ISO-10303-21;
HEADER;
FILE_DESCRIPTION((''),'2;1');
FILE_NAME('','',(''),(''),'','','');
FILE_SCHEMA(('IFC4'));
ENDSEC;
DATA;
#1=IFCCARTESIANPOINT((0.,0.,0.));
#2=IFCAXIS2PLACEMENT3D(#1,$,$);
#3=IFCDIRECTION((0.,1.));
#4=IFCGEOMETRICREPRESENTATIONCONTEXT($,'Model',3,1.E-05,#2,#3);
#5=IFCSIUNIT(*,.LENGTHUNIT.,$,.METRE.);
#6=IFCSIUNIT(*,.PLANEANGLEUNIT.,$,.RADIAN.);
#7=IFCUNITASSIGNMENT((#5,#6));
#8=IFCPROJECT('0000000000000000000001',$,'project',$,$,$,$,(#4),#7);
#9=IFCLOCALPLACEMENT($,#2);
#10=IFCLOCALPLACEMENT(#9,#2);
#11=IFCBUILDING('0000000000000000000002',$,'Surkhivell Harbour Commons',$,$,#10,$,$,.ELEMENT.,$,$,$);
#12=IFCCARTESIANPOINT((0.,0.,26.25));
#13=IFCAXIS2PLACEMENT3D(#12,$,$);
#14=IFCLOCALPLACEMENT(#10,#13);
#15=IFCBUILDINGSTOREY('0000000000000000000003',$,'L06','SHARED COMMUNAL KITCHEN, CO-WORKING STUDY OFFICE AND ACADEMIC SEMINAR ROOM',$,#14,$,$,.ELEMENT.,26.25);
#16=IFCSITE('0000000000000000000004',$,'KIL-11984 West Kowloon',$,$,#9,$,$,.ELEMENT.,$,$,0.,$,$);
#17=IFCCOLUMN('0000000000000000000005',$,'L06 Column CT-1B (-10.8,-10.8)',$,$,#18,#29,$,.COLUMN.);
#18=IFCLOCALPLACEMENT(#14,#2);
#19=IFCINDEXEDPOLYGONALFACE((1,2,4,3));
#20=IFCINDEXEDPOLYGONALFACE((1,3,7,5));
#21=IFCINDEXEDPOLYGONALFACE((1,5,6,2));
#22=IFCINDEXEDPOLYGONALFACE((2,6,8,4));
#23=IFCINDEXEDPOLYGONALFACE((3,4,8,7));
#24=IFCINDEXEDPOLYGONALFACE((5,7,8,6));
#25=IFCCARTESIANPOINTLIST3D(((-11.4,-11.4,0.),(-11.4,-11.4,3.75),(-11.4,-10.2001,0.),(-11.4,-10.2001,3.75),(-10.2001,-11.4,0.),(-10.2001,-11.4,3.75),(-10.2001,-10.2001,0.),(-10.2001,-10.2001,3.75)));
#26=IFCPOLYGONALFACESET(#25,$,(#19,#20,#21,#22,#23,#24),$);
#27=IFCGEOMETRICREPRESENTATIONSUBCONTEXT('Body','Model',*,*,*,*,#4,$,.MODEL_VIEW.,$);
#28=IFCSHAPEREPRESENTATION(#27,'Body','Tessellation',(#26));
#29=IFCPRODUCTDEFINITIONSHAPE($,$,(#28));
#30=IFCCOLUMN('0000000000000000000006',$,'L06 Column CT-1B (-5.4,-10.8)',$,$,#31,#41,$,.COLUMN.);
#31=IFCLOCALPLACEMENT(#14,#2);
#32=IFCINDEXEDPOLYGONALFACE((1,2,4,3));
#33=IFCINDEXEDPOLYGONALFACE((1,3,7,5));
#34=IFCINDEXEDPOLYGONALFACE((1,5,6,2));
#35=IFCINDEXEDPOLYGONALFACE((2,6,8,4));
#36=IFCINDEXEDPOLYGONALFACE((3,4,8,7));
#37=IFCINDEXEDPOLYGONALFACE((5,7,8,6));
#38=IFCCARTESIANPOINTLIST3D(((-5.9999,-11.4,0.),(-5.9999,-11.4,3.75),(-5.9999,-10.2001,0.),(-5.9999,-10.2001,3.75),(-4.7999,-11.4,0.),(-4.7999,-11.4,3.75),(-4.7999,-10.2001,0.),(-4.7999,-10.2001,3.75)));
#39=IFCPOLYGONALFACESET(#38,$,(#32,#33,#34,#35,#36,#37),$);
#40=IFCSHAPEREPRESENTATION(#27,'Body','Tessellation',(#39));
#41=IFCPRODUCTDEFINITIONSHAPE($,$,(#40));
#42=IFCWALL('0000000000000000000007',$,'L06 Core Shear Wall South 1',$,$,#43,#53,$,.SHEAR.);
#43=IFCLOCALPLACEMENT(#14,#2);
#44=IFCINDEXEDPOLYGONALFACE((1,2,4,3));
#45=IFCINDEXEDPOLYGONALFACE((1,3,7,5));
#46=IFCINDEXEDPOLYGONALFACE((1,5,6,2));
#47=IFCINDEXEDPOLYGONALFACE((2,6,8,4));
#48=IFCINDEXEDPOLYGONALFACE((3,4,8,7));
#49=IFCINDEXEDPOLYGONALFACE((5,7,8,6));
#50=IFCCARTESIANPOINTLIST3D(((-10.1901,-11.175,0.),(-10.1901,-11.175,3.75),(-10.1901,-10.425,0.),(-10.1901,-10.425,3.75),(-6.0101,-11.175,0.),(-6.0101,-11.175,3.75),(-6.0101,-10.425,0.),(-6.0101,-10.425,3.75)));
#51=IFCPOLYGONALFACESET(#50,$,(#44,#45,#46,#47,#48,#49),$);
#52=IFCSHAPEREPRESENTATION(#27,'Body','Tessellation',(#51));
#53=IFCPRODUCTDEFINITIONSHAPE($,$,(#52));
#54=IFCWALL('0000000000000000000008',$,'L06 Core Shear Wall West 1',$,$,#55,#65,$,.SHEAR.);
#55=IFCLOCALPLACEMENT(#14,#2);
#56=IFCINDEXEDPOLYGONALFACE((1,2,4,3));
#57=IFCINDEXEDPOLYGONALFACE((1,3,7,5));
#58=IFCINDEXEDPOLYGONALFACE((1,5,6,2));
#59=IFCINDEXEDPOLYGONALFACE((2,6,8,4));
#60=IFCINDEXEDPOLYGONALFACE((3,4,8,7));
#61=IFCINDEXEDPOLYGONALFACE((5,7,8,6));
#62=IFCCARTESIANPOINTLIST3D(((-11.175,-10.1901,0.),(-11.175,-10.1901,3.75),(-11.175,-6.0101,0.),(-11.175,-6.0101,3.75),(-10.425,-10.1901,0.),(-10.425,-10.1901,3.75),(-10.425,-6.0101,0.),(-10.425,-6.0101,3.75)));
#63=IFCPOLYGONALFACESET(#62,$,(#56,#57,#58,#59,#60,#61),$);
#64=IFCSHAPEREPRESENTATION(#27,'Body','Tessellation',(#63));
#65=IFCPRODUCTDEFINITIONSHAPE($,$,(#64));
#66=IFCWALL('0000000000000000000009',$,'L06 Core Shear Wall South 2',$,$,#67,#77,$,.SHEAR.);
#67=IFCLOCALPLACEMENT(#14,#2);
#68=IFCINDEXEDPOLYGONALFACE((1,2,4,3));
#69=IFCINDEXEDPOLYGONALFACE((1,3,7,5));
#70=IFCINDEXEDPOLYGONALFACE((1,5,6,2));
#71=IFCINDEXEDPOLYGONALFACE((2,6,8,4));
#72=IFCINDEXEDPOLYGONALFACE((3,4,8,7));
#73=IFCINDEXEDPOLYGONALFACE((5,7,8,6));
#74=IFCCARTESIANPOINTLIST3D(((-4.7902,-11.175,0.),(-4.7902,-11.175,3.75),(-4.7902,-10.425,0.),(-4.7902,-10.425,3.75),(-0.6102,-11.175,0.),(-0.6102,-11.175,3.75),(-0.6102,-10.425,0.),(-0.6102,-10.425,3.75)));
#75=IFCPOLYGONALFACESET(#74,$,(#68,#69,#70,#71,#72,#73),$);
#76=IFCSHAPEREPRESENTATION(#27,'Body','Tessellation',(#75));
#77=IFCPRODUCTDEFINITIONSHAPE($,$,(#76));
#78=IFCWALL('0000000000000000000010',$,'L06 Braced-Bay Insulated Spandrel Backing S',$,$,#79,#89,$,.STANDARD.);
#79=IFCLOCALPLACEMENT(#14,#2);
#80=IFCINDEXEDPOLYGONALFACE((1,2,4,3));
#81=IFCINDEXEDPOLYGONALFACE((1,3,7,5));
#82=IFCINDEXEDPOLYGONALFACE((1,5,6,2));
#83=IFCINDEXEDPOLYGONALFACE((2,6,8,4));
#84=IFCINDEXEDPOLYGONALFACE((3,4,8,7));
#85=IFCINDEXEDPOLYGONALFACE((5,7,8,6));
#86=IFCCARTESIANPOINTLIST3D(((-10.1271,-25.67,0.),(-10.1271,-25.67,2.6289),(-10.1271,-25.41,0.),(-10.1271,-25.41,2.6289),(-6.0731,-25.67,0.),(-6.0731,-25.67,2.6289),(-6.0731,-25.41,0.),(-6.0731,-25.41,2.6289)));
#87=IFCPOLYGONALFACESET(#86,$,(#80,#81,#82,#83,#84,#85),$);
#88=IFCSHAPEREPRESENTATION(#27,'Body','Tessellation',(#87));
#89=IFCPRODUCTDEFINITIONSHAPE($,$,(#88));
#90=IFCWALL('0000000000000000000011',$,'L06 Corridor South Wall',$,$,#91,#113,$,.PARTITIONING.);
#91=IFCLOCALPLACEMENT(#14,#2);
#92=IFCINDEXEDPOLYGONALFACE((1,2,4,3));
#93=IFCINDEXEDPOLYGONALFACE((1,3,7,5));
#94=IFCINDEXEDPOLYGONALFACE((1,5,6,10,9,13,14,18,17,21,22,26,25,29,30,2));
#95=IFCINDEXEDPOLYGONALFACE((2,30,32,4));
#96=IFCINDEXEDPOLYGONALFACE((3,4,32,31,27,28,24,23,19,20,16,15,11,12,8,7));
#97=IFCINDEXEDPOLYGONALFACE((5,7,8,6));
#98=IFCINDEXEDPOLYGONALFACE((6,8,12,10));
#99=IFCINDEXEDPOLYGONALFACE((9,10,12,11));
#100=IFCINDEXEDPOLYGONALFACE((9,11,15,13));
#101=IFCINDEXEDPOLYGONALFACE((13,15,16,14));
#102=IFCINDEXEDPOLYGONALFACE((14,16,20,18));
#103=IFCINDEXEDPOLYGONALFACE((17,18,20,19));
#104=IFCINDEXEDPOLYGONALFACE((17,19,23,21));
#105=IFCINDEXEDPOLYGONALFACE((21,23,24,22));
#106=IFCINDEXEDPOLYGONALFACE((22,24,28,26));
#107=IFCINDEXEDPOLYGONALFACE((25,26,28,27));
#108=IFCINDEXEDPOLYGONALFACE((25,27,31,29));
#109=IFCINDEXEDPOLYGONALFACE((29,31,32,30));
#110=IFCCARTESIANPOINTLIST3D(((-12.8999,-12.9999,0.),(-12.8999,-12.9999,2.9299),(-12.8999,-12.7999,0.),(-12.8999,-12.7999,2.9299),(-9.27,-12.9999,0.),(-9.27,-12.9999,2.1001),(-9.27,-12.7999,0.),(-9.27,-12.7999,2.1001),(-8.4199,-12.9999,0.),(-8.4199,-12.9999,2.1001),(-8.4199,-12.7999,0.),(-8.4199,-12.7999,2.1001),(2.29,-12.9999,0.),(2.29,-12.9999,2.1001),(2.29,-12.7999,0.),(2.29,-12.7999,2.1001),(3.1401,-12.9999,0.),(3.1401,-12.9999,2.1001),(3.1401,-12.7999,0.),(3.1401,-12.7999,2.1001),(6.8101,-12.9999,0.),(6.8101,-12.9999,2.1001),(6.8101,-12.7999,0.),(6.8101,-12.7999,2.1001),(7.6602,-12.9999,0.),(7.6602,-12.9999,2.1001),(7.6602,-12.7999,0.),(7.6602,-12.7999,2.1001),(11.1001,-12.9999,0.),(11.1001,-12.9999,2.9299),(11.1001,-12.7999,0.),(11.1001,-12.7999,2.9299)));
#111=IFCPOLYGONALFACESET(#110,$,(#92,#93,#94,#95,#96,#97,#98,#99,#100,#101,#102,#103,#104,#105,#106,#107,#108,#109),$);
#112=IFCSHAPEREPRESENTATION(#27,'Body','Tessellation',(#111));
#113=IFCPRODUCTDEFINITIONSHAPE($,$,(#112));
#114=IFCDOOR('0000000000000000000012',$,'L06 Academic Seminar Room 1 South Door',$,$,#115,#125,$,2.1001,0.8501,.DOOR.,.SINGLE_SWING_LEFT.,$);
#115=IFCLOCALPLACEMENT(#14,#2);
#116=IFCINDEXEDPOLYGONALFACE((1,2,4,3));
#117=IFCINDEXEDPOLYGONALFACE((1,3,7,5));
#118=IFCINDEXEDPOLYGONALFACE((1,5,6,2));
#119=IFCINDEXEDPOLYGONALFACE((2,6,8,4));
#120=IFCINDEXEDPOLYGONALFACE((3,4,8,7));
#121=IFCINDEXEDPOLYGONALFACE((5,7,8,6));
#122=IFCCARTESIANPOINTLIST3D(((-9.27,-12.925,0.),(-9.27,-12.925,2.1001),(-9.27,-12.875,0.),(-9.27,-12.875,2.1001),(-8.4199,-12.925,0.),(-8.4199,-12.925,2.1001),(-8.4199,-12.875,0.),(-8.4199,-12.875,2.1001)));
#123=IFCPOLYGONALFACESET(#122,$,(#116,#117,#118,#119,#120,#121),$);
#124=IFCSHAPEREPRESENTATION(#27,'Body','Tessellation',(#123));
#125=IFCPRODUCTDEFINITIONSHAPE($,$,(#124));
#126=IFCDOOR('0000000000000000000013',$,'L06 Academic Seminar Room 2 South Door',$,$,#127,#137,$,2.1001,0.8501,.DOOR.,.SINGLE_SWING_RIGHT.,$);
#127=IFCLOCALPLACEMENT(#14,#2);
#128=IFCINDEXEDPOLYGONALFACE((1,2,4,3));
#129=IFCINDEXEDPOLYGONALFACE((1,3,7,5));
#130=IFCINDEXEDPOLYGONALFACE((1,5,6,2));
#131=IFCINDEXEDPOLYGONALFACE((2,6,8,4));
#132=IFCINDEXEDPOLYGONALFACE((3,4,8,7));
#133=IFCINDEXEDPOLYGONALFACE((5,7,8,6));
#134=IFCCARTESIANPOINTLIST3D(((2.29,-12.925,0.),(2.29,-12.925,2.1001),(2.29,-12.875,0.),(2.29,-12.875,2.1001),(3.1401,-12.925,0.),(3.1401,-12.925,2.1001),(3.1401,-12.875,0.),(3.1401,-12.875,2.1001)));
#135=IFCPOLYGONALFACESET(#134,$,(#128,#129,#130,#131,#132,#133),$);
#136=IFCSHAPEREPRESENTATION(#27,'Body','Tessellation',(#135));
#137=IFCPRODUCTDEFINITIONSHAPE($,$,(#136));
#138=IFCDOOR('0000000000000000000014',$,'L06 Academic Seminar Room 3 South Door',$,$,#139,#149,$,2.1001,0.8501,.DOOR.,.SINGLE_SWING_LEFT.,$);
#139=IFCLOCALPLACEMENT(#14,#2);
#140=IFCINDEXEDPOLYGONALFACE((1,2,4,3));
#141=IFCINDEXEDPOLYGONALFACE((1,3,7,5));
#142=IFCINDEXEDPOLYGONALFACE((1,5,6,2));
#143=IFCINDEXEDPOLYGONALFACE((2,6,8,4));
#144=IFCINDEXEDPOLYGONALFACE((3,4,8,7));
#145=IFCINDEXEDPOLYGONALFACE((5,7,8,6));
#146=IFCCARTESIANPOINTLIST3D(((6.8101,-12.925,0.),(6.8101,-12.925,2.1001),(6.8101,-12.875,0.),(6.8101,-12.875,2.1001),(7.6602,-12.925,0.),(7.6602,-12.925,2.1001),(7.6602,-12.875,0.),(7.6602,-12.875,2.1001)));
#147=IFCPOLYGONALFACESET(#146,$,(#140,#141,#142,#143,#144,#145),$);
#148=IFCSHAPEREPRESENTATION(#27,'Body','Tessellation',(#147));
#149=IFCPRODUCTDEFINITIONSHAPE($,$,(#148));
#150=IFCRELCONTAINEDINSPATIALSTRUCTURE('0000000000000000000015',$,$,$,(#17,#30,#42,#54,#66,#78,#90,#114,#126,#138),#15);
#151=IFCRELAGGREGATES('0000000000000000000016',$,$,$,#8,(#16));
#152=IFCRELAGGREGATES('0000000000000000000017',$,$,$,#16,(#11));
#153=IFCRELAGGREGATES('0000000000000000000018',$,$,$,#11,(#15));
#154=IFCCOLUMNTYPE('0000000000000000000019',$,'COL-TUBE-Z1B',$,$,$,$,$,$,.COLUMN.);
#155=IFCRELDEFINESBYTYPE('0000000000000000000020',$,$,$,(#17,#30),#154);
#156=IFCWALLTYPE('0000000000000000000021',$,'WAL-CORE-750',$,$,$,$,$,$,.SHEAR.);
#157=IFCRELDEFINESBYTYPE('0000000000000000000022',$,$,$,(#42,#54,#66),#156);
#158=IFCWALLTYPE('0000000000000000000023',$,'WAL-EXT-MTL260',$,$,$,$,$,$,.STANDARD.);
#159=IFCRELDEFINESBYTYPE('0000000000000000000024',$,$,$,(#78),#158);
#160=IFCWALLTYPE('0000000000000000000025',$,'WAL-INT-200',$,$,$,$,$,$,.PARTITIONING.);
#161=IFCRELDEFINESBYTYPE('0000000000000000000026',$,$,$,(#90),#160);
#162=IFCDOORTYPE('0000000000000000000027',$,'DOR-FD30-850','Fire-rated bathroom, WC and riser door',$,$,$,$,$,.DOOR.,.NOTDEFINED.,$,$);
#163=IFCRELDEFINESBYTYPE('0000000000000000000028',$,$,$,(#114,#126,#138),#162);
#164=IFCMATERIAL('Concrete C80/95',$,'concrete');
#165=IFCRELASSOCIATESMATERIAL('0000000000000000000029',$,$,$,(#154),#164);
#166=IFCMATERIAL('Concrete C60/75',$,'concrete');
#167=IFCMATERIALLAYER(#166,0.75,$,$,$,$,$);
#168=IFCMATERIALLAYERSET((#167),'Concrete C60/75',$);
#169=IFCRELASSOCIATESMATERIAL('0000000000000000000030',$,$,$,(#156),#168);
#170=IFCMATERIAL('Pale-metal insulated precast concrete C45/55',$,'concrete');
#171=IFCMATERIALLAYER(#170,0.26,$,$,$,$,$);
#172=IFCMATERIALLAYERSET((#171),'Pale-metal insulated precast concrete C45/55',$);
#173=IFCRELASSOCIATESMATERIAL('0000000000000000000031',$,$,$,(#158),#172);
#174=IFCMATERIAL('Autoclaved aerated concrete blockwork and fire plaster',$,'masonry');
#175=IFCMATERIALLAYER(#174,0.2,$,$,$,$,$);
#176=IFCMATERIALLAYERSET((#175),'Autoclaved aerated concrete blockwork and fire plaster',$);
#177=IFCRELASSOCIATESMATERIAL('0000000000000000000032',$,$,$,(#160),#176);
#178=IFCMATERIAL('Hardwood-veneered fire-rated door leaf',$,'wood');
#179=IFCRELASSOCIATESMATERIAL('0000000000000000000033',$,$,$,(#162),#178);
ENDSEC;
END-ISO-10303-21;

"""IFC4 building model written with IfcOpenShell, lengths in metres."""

from ifc_helpers import new_model, si_unit, direction, frame, frame_2d, origin, origin_2d, place, context, subcontext, project, spatial, rectangle, extrude, material, layer, layer_set, material_profile, profile_set, type_object, element, fill, save


model = new_model("IFC4")

# Units and contexts
model_context = context("Model", 3, precision=1e-05, world=origin(), true_north=direction((0.0, 1.0)))
body_context = subcontext(model_context, "Body", "Model", "MODEL_VIEW")
ifc_project = project(units=[si_unit("LENGTHUNIT", "METRE"), si_unit("PLANEANGLEUNIT", "RADIAN")], contexts=[model_context])

# Site, building, storey
site_placement = place(None, origin())
site = spatial("IfcSite", under=ifc_project, at=site_placement, Name="KIL-11984 West Kowloon", CompositionType="ELEMENT", RefElevation=0.0)
building_placement = place(site_placement, origin())
building = spatial("IfcBuilding", under=site, at=building_placement, Name="Surkhivell Harbour Commons", CompositionType="ELEMENT")
storey_placement = place(building_placement, frame((0.0, 0.0, 26.25)))
storey = spatial("IfcBuildingStorey", under=building, at=storey_placement, Name="L06", Description="SHARED COMMUNAL KITCHEN, CO-WORKING STUDY OFFICE AND ACADEMIC SEMINAR ROOM", CompositionType="ELEMENT", Elevation=26.25)

# Columns
ifc_material_1 = material(Name="Concrete C80/95", Category="concrete")
ifc_material_profile = material_profile(ifc_material_1, rectangle(XDim=1.2, YDim=1.2, at=origin_2d()), Name="RC-COL-1200x1200")
ifc_profile_set = profile_set([ifc_material_profile], Name="Concrete C80/95")
column_type = type_object("IfcColumnType", Name="COL-TUBE-Z1B", PredefinedType="COLUMN", material=ifc_profile_set)
for number, where, z_axis, x_axis, name in (
    (1, (-10.8, -10.8, 0.0), (0.0, 0.0, 1.0), (1.0, 0.0, 0.0), "L06 Column CT-1B (-10.8,-10.8)"),
    (2, (-5.3999, -10.8, 0.0), (0.0, 0.0, 1.0), (1.0, 0.0, 0.0), "L06 Column CT-1B (-5.4,-10.8)"),
):
    element("IfcColumn", number, at=place(storey_placement, frame(where, z_axis=z_axis, x_axis=x_axis)), inside=storey, type_object=column_type, Name=name, PredefinedType="COLUMN", context=body_context, shape_type="SweptSolid", body=[
        extrude(rectangle(XDim=1.2, YDim=1.2, at=origin_2d()), origin(), (0.0, 0.0, 1.0), 3.75),
    ])

# Walls
ifc_material_2 = material(Name="Concrete C60/75", Category="concrete")
ifc_layer_1 = layer(ifc_material_2, 0.75)
ifc_layer_set_1 = layer_set([ifc_layer_1], Name="Concrete C60/75")
wall_type_1 = type_object("IfcWallType", Name="WAL-CORE-750", PredefinedType="SHEAR", material=ifc_layer_set_1)
for number, where, z_axis, x_axis, name in (
    (3, (-10.1899, -10.8, 0.0), (0.0, 0.0, 1.0), (1.0, 0.0, 0.0), "L06 Core Shear Wall South 1"),
    (4, (-10.8, -10.1899, 0.0), (0.0, 0.0, 1.0), (0.0, 1.0, 0.0), "L06 Core Shear Wall West 1"),
    (5, (-4.79, -10.8, 0.0), (0.0, 0.0, 1.0), (1.0, 0.0, 0.0), "L06 Core Shear Wall South 2"),
):
    element("IfcWall", number, at=place(storey_placement, frame(where, z_axis=z_axis, x_axis=x_axis)), inside=storey, type_object=wall_type_1, Name=name, PredefinedType="SHEAR", context=body_context, shape_type="SweptSolid", body=[
        extrude(rectangle(XDim=4.1799, YDim=0.75, at=frame_2d((2.0898, 0.0))), origin(), (0.0, 0.0, 1.0), 3.75),
    ])
ifc_material_3 = material(Name="Pale-metal insulated precast concrete C45/55", Category="concrete")
ifc_layer_2 = layer(ifc_material_3, 0.26)
ifc_layer_set_2 = layer_set([ifc_layer_2], Name="Pale-metal insulated precast concrete C45/55")
wall_type_2 = type_object("IfcWallType", Name="WAL-EXT-MTL260", PredefinedType="STANDARD", material=ifc_layer_set_2)
wall_1_placement = place(storey_placement, frame((-10.127, -25.54, 0.0), z_axis=(0.0, 0.0, 1.0), x_axis=(1.0, 0.0, 0.0)))
element("IfcWall", 6, at=wall_1_placement, inside=storey, type_object=wall_type_2, Name="L06 Braced-Bay Insulated Spandrel Backing S", PredefinedType="STANDARD", context=body_context, shape_type="SweptSolid", body=[
    extrude(rectangle(XDim=4.054, YDim=0.26, at=frame_2d((2.0269, 0.0))), origin(), (0.0, 0.0, 1.0), 2.6289),
])

# Wall, openings, doors
ifc_material_4 = material(Name="Autoclaved aerated concrete blockwork and fire plaster", Category="masonry")
ifc_layer_3 = layer(ifc_material_4, 0.2)
ifc_layer_set_3 = layer_set([ifc_layer_3], Name="Autoclaved aerated concrete blockwork and fire plaster")
wall_type_3 = type_object("IfcWallType", Name="WAL-INT-200", PredefinedType="PARTITIONING", material=ifc_layer_set_3)
wall_2_placement = place(storey_placement, frame((-12.8999, -12.8999, 0.0), z_axis=(0.0, 0.0, 1.0), x_axis=(1.0, 0.0, 0.0)))
wall_2 = element("IfcWall", 7, at=wall_2_placement, inside=storey, type_object=wall_type_3, Name="L06 Corridor South Wall", PredefinedType="PARTITIONING", context=body_context, shape_type="SweptSolid", body=[
    extrude(rectangle(XDim=24.0, YDim=0.2, at=frame_2d((12.0, 0.0))), origin(), (0.0, 0.0, 1.0), 2.9299),
])
opening_1_placement = place(wall_2_placement, frame((3.6299, 0.0, 0.0)))
opening_1 = element("IfcOpeningElement", 8, at=opening_1_placement, cuts=wall_2, PredefinedType="OPENING", context=body_context, shape_type="SweptSolid", body=[
    extrude(rectangle(XDim=0.8501, YDim=2.1001, at=frame_2d((0.425, 1.05))), frame((0.0, 0.1099, 0.0), z_axis=(0.0, -1.0, 0.0), x_axis=(1.0, 0.0, 0.0)), (0.0, 0.0, 1.0), 0.22),
])
opening_2_placement = place(wall_2_placement, frame((15.1899, 0.0, 0.0)))
opening_2 = element("IfcOpeningElement", 9, at=opening_2_placement, cuts=wall_2, PredefinedType="OPENING", context=body_context, shape_type="SweptSolid", body=[
    extrude(rectangle(XDim=0.8501, YDim=2.1001, at=frame_2d((0.425, 1.05))), frame((0.0, 0.1099, 0.0), z_axis=(0.0, -1.0, 0.0), x_axis=(1.0, 0.0, 0.0)), (0.0, 0.0, 1.0), 0.22),
])
opening_3_placement = place(wall_2_placement, frame((19.71, 0.0, 0.0)))
opening_3 = element("IfcOpeningElement", 10, at=opening_3_placement, cuts=wall_2, PredefinedType="OPENING", context=body_context, shape_type="SweptSolid", body=[
    extrude(rectangle(XDim=0.8501, YDim=2.1001, at=frame_2d((0.425, 1.05))), frame((0.0, 0.1099, 0.0), z_axis=(0.0, -1.0, 0.0), x_axis=(1.0, 0.0, 0.0)), (0.0, 0.0, 1.0), 0.22),
])
ifc_material_5 = material(Name="Hardwood-veneered fire-rated door leaf", Category="wood")
door_type_1 = type_object("IfcDoorType", Name="DOR-FD30-850", Description="Fire-rated bathroom, WC and riser door", OperationType="NOTDEFINED", PredefinedType="DOOR", material=ifc_material_5)
door_1_placement = place(opening_1_placement, origin())
door_1 = element("IfcDoor", 11, at=door_1_placement, inside=storey, type_object=door_type_1, Name="L06 Academic Seminar Room 1 South Door", OperationType="SINGLE_SWING_LEFT", OverallHeight=2.1001, OverallWidth=0.8501, PredefinedType="DOOR", context=body_context, shape_type="SweptSolid", body=[
    extrude(rectangle(XDim=0.8501, YDim=2.1001, at=frame_2d((0.425, 1.05))), frame((0.0, 0.0249, 0.0), z_axis=(0.0, -1.0, 0.0), x_axis=(1.0, 0.0, 0.0)), (0.0, 0.0, 1.0), 0.05),
])
fill(opening_1, door_1)
door_2_placement = place(opening_2_placement, origin())
door_2 = element("IfcDoor", 12, at=door_2_placement, inside=storey, type_object=door_type_1, Name="L06 Academic Seminar Room 2 South Door", OperationType="SINGLE_SWING_RIGHT", OverallHeight=2.1001, OverallWidth=0.8501, PredefinedType="DOOR", context=body_context, shape_type="SweptSolid", body=[
    extrude(rectangle(XDim=0.8501, YDim=2.1001, at=frame_2d((0.425, 1.05))), frame((0.0, 0.0249, 0.0), z_axis=(0.0, -1.0, 0.0), x_axis=(1.0, 0.0, 0.0)), (0.0, 0.0, 1.0), 0.05),
])
fill(opening_2, door_2)
door_3_placement = place(opening_3_placement, origin())
door_3 = element("IfcDoor", 13, at=door_3_placement, inside=storey, type_object=door_type_1, Name="L06 Academic Seminar Room 3 South Door", OperationType="SINGLE_SWING_LEFT", OverallHeight=2.1001, OverallWidth=0.8501, PredefinedType="DOOR", context=body_context, shape_type="SweptSolid", body=[
    extrude(rectangle(XDim=0.8501, YDim=2.1001, at=frame_2d((0.425, 1.05))), frame((0.0, 0.0249, 0.0), z_axis=(0.0, -1.0, 0.0), x_axis=(1.0, 0.0, 0.0)), (0.0, 0.0, 1.0), 0.05),
])
fill(opening_3, door_3)

save(model, "model.ifc")
